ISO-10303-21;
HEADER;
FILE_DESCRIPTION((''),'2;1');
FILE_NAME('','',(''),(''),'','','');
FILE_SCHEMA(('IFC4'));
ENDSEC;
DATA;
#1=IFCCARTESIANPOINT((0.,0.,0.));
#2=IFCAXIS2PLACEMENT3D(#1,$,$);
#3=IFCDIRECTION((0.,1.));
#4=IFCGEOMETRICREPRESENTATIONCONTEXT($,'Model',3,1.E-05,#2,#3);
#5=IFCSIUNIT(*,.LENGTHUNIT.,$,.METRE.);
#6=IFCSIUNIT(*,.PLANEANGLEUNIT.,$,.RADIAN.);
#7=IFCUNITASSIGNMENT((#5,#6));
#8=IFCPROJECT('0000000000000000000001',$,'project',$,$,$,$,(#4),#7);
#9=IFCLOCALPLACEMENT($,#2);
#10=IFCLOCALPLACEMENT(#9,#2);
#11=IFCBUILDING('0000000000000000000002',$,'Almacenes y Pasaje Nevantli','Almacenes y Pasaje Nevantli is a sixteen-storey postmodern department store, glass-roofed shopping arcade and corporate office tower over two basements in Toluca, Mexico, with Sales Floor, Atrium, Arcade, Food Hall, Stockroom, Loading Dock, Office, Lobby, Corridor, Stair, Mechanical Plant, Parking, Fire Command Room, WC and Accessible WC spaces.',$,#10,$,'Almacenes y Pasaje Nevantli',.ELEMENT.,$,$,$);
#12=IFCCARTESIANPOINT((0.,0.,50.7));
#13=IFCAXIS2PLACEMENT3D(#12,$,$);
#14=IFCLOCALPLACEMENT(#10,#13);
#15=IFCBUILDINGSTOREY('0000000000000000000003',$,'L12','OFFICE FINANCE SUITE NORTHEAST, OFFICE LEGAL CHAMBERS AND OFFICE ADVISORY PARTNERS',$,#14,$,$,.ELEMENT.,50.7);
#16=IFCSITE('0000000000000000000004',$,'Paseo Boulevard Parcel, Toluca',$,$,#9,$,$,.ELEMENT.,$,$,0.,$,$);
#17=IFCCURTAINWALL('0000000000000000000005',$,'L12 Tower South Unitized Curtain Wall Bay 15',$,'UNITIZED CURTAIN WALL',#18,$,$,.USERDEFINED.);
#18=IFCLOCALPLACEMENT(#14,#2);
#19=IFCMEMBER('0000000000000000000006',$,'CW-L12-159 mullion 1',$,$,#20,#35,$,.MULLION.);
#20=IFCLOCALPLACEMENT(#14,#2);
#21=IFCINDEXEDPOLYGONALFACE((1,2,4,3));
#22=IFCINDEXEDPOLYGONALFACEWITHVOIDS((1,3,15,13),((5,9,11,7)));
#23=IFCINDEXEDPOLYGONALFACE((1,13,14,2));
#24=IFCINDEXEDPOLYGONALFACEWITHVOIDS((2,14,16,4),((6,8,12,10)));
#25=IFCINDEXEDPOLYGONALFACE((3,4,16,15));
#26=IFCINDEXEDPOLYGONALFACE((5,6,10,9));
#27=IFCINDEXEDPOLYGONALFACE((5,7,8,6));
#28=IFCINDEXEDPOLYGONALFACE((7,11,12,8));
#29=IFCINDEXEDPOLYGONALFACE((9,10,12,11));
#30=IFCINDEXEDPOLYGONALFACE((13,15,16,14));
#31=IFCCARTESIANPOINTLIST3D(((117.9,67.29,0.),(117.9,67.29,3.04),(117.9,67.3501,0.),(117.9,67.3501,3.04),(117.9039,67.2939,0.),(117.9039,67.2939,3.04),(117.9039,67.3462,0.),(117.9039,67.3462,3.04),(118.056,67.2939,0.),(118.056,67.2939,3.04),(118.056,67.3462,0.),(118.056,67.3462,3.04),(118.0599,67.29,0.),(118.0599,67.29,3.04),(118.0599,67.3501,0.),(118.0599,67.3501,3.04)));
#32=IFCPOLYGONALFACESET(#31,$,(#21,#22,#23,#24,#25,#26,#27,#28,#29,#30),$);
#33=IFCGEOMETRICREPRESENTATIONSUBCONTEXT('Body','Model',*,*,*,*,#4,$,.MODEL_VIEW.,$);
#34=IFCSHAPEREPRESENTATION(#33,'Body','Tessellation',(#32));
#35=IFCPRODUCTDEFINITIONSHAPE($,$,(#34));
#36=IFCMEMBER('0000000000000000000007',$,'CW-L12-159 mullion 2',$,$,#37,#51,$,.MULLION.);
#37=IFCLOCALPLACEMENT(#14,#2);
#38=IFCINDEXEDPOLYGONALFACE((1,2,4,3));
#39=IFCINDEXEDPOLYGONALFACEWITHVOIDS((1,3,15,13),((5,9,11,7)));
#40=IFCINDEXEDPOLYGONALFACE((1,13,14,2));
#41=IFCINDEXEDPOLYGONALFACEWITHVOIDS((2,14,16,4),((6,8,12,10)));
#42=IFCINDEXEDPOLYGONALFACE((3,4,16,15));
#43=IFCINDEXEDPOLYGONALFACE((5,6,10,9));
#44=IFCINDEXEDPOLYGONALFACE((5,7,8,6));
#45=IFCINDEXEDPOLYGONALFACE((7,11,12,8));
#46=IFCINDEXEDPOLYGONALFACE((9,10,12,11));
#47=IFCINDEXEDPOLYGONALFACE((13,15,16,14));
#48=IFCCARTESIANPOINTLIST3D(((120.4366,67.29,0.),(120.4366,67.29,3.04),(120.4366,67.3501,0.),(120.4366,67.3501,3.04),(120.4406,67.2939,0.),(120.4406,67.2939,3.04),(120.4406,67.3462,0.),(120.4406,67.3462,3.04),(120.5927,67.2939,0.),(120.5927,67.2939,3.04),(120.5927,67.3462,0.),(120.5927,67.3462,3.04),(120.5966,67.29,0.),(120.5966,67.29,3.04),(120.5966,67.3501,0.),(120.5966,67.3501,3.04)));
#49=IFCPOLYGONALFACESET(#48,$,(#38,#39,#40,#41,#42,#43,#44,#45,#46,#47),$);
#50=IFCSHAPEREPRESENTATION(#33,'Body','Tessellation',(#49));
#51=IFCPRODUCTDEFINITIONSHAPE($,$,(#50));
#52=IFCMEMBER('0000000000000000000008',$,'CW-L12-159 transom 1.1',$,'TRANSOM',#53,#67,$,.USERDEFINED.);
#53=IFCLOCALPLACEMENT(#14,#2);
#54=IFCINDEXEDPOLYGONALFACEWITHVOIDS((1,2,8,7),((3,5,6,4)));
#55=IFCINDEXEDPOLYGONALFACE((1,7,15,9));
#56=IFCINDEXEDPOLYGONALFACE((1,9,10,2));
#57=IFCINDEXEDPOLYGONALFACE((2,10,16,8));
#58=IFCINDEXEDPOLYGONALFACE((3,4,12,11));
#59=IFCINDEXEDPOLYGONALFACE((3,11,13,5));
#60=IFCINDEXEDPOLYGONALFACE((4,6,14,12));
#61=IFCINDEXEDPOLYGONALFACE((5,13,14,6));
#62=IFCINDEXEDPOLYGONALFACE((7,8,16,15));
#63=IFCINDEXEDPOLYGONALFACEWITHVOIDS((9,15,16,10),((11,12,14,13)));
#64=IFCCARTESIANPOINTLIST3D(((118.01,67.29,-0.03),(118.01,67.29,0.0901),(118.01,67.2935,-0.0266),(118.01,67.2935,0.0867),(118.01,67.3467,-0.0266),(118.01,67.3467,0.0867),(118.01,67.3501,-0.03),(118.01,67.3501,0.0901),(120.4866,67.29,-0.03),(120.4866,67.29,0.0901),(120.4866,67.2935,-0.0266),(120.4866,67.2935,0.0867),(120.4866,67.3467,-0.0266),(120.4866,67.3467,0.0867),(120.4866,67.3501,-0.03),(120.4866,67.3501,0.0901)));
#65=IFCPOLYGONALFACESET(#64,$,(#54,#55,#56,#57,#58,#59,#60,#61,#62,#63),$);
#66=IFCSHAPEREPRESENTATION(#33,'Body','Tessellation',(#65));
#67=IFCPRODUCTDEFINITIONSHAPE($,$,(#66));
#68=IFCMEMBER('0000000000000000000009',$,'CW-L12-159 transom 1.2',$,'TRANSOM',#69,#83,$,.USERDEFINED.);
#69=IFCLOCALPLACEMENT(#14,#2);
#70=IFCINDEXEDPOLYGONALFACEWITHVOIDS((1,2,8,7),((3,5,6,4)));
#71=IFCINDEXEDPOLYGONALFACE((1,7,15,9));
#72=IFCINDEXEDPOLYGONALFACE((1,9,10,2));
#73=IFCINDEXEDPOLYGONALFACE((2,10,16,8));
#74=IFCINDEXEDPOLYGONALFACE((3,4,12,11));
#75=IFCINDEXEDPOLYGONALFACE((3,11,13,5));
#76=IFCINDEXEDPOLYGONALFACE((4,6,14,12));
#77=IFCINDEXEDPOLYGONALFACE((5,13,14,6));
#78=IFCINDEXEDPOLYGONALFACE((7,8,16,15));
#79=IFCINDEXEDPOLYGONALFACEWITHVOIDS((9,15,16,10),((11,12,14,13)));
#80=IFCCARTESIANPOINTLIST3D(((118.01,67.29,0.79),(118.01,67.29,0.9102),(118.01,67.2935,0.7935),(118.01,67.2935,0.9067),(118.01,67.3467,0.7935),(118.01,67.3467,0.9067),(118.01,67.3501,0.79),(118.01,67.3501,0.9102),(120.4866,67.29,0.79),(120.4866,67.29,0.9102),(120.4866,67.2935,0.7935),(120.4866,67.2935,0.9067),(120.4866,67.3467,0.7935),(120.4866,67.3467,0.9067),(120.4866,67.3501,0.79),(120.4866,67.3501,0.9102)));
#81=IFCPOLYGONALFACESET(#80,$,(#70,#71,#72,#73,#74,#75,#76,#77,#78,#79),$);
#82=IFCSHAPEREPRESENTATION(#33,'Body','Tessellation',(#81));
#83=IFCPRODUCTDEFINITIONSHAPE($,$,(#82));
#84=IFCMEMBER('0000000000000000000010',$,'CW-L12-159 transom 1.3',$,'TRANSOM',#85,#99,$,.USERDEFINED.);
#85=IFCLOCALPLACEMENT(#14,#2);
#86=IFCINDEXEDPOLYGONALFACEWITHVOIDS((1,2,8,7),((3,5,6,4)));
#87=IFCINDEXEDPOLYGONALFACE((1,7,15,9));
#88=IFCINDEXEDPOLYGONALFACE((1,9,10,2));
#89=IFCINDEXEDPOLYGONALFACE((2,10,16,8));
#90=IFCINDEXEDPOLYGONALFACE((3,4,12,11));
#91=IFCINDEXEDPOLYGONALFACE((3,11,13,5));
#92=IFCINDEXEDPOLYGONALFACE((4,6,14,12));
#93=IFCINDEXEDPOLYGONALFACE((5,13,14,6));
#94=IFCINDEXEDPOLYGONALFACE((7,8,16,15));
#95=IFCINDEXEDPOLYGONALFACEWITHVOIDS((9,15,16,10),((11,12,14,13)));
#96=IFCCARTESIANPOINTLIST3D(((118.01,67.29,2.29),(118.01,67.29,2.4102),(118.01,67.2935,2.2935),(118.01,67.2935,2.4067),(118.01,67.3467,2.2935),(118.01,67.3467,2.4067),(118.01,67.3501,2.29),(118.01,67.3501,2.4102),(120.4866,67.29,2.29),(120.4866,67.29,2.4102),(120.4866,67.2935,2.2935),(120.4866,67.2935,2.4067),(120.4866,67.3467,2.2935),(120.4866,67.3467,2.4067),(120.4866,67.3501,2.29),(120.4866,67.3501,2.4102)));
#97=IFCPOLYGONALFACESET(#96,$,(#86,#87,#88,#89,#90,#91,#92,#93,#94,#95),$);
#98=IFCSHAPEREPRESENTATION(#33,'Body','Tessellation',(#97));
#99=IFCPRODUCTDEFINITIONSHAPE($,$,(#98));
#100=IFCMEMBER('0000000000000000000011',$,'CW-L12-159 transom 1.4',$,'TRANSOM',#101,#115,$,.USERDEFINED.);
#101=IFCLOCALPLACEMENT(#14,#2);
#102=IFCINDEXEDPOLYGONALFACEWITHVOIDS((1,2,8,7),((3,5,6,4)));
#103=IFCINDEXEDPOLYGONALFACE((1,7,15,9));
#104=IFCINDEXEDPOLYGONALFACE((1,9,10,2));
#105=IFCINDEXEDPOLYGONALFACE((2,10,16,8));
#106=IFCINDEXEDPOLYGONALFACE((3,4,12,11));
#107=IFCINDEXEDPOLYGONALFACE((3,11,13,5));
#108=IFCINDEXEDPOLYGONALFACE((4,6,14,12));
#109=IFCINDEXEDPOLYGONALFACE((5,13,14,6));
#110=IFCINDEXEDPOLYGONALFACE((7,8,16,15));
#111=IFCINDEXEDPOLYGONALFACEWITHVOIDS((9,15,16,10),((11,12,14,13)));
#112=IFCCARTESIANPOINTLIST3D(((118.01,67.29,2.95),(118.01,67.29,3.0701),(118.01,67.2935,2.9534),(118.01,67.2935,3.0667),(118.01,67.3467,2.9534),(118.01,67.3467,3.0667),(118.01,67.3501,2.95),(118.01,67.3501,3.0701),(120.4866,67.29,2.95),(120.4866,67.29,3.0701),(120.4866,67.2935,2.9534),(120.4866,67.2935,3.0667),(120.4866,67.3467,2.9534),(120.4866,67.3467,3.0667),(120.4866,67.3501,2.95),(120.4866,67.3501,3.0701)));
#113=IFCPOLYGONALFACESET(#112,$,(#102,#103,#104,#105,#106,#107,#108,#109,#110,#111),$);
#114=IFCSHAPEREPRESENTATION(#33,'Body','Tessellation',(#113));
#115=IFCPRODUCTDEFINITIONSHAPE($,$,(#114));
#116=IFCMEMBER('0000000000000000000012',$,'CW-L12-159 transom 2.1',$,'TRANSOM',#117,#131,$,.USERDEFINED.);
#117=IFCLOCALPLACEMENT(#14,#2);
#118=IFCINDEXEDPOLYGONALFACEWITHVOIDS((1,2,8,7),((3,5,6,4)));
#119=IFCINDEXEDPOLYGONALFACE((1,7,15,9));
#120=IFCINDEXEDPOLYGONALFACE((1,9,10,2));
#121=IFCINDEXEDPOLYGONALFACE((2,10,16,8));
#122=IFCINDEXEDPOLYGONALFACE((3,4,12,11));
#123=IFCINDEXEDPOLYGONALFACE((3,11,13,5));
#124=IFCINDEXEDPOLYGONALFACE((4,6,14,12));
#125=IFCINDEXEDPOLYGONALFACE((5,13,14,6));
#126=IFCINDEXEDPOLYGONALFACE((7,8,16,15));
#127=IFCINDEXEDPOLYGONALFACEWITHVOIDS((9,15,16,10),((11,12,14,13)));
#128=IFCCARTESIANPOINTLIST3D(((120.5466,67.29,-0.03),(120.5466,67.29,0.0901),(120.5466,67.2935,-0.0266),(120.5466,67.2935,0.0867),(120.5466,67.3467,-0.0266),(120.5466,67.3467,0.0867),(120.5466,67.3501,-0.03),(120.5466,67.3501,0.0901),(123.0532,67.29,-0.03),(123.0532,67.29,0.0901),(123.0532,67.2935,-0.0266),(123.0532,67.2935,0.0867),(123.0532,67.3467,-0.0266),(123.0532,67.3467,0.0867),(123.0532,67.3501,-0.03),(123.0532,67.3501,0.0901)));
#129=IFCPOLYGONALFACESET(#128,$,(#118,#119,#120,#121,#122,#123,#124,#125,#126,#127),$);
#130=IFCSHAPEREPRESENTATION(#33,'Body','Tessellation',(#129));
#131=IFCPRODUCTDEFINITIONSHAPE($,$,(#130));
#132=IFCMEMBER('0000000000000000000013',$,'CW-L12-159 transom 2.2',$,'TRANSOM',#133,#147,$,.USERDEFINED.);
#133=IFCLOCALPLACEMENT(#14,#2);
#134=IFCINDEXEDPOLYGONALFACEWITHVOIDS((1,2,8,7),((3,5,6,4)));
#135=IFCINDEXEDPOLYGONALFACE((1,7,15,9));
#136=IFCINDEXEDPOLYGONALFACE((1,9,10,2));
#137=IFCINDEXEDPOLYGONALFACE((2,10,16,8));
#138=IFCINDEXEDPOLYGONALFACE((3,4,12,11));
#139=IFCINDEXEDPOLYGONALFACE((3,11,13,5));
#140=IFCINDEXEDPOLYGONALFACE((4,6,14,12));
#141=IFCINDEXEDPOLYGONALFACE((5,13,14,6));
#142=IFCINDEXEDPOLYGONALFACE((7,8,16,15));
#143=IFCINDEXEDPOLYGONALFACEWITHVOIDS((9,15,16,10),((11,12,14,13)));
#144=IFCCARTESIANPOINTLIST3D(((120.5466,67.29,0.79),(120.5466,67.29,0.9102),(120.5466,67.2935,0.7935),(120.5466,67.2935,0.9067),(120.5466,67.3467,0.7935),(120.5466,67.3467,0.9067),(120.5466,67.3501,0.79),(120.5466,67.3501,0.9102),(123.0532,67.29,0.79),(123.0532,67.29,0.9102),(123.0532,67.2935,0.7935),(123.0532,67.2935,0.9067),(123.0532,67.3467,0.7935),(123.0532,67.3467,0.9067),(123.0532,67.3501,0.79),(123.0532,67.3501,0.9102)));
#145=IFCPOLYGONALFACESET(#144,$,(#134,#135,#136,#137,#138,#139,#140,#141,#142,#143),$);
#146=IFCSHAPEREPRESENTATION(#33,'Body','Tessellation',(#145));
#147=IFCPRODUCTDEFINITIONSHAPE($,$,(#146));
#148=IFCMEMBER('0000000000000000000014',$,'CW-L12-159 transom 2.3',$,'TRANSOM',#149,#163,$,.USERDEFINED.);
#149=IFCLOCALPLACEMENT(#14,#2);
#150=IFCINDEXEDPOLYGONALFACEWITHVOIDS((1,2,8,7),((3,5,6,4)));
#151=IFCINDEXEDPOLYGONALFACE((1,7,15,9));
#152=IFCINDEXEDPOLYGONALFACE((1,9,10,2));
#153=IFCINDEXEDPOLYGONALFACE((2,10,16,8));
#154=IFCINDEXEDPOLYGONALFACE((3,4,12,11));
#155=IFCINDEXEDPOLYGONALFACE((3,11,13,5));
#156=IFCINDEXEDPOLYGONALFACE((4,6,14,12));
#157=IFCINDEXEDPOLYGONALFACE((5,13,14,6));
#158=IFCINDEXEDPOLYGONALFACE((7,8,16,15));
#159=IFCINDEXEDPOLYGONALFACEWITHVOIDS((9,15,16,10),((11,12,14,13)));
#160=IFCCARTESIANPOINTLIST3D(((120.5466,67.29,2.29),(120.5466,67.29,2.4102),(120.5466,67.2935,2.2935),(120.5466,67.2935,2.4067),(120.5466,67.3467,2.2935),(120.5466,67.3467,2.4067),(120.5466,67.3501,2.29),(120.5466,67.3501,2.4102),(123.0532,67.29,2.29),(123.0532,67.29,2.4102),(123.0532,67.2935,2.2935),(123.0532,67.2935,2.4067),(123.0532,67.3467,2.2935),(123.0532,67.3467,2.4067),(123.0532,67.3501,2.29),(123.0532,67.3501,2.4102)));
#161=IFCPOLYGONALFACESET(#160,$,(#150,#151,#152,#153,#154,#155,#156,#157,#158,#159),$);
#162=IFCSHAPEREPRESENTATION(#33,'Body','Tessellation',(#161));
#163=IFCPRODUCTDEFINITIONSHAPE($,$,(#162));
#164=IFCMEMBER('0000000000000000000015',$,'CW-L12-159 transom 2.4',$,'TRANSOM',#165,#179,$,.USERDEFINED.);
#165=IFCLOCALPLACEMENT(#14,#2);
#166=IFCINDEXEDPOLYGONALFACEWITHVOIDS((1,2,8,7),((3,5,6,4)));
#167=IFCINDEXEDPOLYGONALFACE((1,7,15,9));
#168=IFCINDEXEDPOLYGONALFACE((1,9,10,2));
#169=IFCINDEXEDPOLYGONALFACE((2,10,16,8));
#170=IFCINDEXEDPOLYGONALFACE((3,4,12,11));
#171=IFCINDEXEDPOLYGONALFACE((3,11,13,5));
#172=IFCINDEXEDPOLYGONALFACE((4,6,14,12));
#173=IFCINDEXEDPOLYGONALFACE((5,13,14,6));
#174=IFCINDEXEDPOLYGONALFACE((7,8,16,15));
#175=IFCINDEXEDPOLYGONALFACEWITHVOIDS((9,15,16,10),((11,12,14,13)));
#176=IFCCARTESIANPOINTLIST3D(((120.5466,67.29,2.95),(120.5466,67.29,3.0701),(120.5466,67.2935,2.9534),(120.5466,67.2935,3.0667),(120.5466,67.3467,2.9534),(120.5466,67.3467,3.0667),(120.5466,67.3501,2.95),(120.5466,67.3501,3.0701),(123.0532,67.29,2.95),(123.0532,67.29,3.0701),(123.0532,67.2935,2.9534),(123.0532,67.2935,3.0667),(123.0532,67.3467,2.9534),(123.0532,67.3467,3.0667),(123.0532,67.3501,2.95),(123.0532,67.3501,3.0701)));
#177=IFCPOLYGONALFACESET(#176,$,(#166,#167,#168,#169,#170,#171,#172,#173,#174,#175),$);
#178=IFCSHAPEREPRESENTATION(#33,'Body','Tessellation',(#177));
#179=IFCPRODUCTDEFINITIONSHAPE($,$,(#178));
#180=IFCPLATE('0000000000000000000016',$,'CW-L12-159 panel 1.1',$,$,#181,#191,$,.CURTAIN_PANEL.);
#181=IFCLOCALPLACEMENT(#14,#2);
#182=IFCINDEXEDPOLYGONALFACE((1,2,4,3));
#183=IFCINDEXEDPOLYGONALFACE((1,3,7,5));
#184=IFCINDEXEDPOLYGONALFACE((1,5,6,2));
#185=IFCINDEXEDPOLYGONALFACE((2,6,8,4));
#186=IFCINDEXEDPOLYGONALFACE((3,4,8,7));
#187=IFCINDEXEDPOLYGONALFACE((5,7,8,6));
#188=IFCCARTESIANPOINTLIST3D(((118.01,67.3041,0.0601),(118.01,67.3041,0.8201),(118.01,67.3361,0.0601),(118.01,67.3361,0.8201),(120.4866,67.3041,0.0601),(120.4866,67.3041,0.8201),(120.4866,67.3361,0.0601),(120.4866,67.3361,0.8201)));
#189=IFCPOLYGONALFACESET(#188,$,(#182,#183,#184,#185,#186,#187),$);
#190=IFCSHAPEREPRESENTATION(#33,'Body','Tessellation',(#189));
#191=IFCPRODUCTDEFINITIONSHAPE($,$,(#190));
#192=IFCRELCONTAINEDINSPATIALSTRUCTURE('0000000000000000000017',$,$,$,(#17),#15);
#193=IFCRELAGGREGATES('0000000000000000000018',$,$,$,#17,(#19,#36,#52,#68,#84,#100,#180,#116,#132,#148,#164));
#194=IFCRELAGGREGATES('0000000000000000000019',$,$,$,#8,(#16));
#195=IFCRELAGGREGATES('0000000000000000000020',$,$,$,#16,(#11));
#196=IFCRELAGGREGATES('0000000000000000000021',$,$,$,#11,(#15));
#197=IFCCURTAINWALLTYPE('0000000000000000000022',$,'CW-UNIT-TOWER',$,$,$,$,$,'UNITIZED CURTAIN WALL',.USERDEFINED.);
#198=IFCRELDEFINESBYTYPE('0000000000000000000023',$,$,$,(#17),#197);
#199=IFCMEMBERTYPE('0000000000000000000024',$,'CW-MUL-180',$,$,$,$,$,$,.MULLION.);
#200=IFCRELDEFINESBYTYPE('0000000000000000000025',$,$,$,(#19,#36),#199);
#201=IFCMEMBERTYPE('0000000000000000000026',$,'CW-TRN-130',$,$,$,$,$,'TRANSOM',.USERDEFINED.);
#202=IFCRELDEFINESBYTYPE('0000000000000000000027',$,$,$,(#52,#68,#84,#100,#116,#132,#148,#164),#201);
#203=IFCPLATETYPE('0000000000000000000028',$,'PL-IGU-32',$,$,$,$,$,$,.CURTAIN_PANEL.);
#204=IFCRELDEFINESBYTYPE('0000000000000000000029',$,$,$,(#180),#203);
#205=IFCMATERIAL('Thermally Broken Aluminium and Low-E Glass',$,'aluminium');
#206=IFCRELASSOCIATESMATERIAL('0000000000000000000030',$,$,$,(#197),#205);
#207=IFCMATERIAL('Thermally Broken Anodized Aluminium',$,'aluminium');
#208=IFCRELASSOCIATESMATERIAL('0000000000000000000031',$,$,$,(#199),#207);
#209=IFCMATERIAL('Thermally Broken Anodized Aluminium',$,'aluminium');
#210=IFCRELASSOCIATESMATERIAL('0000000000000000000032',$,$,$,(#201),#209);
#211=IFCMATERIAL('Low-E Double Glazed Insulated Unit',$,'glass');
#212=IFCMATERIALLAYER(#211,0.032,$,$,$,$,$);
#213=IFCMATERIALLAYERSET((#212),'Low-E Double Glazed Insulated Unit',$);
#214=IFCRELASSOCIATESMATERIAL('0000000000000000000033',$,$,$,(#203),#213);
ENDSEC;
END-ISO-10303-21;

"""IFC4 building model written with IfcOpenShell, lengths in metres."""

from ifc_helpers import new_model, si_unit, direction, frame, origin, origin_2d, place, context, subcontext, project, spatial, rectangle, hollow_rectangle, extrude, material, layer, layer_set, material_profile, profile_set, type_object, element, aggregate, save


model = new_model("IFC4")

# Units and contexts
model_context = context("Model", 3, precision=1e-05, world=origin(), true_north=direction((0.0, 1.0)))
body_context = subcontext(model_context, "Body", "Model", "MODEL_VIEW")
ifc_project = project(units=[si_unit("LENGTHUNIT", "METRE"), si_unit("PLANEANGLEUNIT", "RADIAN")], contexts=[model_context])

# Site, building, storey
site_placement = place(None, origin())
site = spatial("IfcSite", under=ifc_project, at=site_placement, Name="Paseo Boulevard Parcel, Toluca", CompositionType="ELEMENT", RefElevation=0.0)
building_placement = place(site_placement, origin())
building = spatial("IfcBuilding", under=site, at=building_placement, Name="Almacenes y Pasaje Nevantli", Description="Almacenes y Pasaje Nevantli is a sixteen-storey postmodern department store, glass-roofed shopping arcade and corporate office tower over two basements in Toluca, Mexico, with Sales Floor, Atrium, Arcade, Food Hall, Stockroom, Loading Dock, Office, Lobby, Corridor, Stair, Mechanical Plant, Parking, Fire Command Room, WC and Accessible WC spaces.", LongName="Almacenes y Pasaje Nevantli", CompositionType="ELEMENT")
storey_placement = place(building_placement, frame((0.0, 0.0, 50.7)))
storey = spatial("IfcBuildingStorey", under=building, at=storey_placement, Name="L12", Description="OFFICE FINANCE SUITE NORTHEAST, OFFICE LEGAL CHAMBERS AND OFFICE ADVISORY PARTNERS", CompositionType="ELEMENT", Elevation=50.7)

# Curtain wall, members, plate
ifc_material_1 = material(Name="Thermally Broken Aluminium and Low-E Glass", Category="aluminium")
curtain_wall_type = type_object("IfcCurtainWallType", Name="CW-UNIT-TOWER", ElementType="UNITIZED CURTAIN WALL", PredefinedType="USERDEFINED", material=ifc_material_1)
curtain_wall_placement = place(storey_placement, origin())
curtain_wall = element("IfcCurtainWall", 1, at=curtain_wall_placement, inside=storey, type_object=curtain_wall_type, Name="L12 Tower South Unitized Curtain Wall Bay 15", ObjectType="UNITIZED CURTAIN WALL", PredefinedType="USERDEFINED")
ifc_material_2 = material(Name="Thermally Broken Anodized Aluminium", Category="aluminium")
ifc_material_profile_1 = material_profile(ifc_material_2, hollow_rectangle(XDim=0.0601, YDim=0.1599, WallThickness=0.0039, at=origin_2d()), Name="ALU-MUL-60x160")
ifc_profile_set_1 = profile_set([ifc_material_profile_1], Name="Thermally Broken Anodized Aluminium")
member_type_1 = type_object("IfcMemberType", Name="CW-MUL-180", PredefinedType="MULLION", material=ifc_profile_set_1)
member_1_placement = place(storey_placement, frame((117.98, 67.3201, 0.0), z_axis=(0.0, 0.0, 1.0), x_axis=(0.0, 1.0, 0.0)))
member_1 = element("IfcMember", 2, at=member_1_placement, type_object=member_type_1, Name="CW-L12-159 mullion 1", PredefinedType="MULLION", context=body_context, shape_type="SweptSolid", body=[
    extrude(hollow_rectangle(XDim=0.0601, YDim=0.1599, WallThickness=0.0039, at=origin_2d()), origin(), (0.0, 0.0, 1.0), 3.04),
])
member_2_placement = place(storey_placement, frame((120.5166, 67.3201, 0.0), z_axis=(0.0, 0.0, 1.0), x_axis=(0.0, 1.0, 0.0)))
member_2 = element("IfcMember", 3, at=member_2_placement, type_object=member_type_1, Name="CW-L12-159 mullion 2", PredefinedType="MULLION", context=body_context, shape_type="SweptSolid", body=[
    extrude(hollow_rectangle(XDim=0.0601, YDim=0.1599, WallThickness=0.0039, at=origin_2d()), origin(), (0.0, 0.0, 1.0), 3.04),
])
ifc_material_3 = material(Name="Thermally Broken Anodized Aluminium", Category="aluminium")
ifc_material_profile_2 = material_profile(ifc_material_3, hollow_rectangle(XDim=0.0601, YDim=0.1201, WallThickness=0.0034, at=origin_2d()), Name="ALU-TRN-60x120")
ifc_profile_set_2 = profile_set([ifc_material_profile_2], Name="Thermally Broken Anodized Aluminium")
member_type_2 = type_object("IfcMemberType", Name="CW-TRN-130", ElementType="TRANSOM", PredefinedType="USERDEFINED", material=ifc_profile_set_2)
member_3_placement = place(storey_placement, frame((118.01, 67.3201, 0.03), z_axis=(1.0, 0.0, 0.0), x_axis=(0.0, 1.0, 0.0)))
member_3 = element("IfcMember", 4, at=member_3_placement, type_object=member_type_2, Name="CW-L12-159 transom 1.1", ObjectType="TRANSOM", PredefinedType="USERDEFINED", context=body_context, shape_type="SweptSolid", body=[
    extrude(hollow_rectangle(XDim=0.0601, YDim=0.1201, WallThickness=0.0034, at=origin_2d()), origin(), (0.0, 0.0, 1.0), 2.4766),
])
member_4_placement = place(storey_placement, frame((118.01, 67.3201, 0.8501), z_axis=(1.0, 0.0, 0.0), x_axis=(0.0, 1.0, 0.0)))
member_4 = element("IfcMember", 5, at=member_4_placement, type_object=member_type_2, Name="CW-L12-159 transom 1.2", ObjectType="TRANSOM", PredefinedType="USERDEFINED", context=body_context, shape_type="SweptSolid", body=[
    extrude(hollow_rectangle(XDim=0.0601, YDim=0.1201, WallThickness=0.0034, at=origin_2d()), origin(), (0.0, 0.0, 1.0), 2.4766),
])
member_5_placement = place(storey_placement, frame((118.01, 67.3201, 2.3501), z_axis=(1.0, 0.0, 0.0), x_axis=(0.0, 1.0, 0.0)))
member_5 = element("IfcMember", 6, at=member_5_placement, type_object=member_type_2, Name="CW-L12-159 transom 1.3", ObjectType="TRANSOM", PredefinedType="USERDEFINED", context=body_context, shape_type="SweptSolid", body=[
    extrude(hollow_rectangle(XDim=0.0601, YDim=0.1201, WallThickness=0.0034, at=origin_2d()), origin(), (0.0, 0.0, 1.0), 2.4766),
])
member_6_placement = place(storey_placement, frame((118.01, 67.3201, 3.01), z_axis=(1.0, 0.0, 0.0), x_axis=(0.0, 1.0, 0.0)))
member_6 = element("IfcMember", 7, at=member_6_placement, type_object=member_type_2, Name="CW-L12-159 transom 1.4", ObjectType="TRANSOM", PredefinedType="USERDEFINED", context=body_context, shape_type="SweptSolid", body=[
    extrude(hollow_rectangle(XDim=0.0601, YDim=0.1201, WallThickness=0.0034, at=origin_2d()), origin(), (0.0, 0.0, 1.0), 2.4766),
])
member_7_placement = place(storey_placement, frame((120.5466, 67.3201, 0.03), z_axis=(1.0, 0.0, 0.0), x_axis=(0.0, 1.0, 0.0)))
member_7 = element("IfcMember", 8, at=member_7_placement, type_object=member_type_2, Name="CW-L12-159 transom 2.1", ObjectType="TRANSOM", PredefinedType="USERDEFINED", context=body_context, shape_type="SweptSolid", body=[
    extrude(hollow_rectangle(XDim=0.0601, YDim=0.1201, WallThickness=0.0034, at=origin_2d()), origin(), (0.0, 0.0, 1.0), 2.5066),
])
member_8_placement = place(storey_placement, frame((120.5466, 67.3201, 0.8501), z_axis=(1.0, 0.0, 0.0), x_axis=(0.0, 1.0, 0.0)))
member_8 = element("IfcMember", 9, at=member_8_placement, type_object=member_type_2, Name="CW-L12-159 transom 2.2", ObjectType="TRANSOM", PredefinedType="USERDEFINED", context=body_context, shape_type="SweptSolid", body=[
    extrude(hollow_rectangle(XDim=0.0601, YDim=0.1201, WallThickness=0.0034, at=origin_2d()), origin(), (0.0, 0.0, 1.0), 2.5066),
])
member_9_placement = place(storey_placement, frame((120.5466, 67.3201, 2.3501), z_axis=(1.0, 0.0, 0.0), x_axis=(0.0, 1.0, 0.0)))
member_9 = element("IfcMember", 10, at=member_9_placement, type_object=member_type_2, Name="CW-L12-159 transom 2.3", ObjectType="TRANSOM", PredefinedType="USERDEFINED", context=body_context, shape_type="SweptSolid", body=[
    extrude(hollow_rectangle(XDim=0.0601, YDim=0.1201, WallThickness=0.0034, at=origin_2d()), origin(), (0.0, 0.0, 1.0), 2.5066),
])
member_10_placement = place(storey_placement, frame((120.5466, 67.3201, 3.01), z_axis=(1.0, 0.0, 0.0), x_axis=(0.0, 1.0, 0.0)))
member_10 = element("IfcMember", 11, at=member_10_placement, type_object=member_type_2, Name="CW-L12-159 transom 2.4", ObjectType="TRANSOM", PredefinedType="USERDEFINED", context=body_context, shape_type="SweptSolid", body=[
    extrude(hollow_rectangle(XDim=0.0601, YDim=0.1201, WallThickness=0.0034, at=origin_2d()), origin(), (0.0, 0.0, 1.0), 2.5066),
])
ifc_material_4 = material(Name="Low-E Double Glazed Insulated Unit", Category="glass")
ifc_layer_1 = layer(ifc_material_4, 0.032)
ifc_layer_set_1 = layer_set([ifc_layer_1], Name="Low-E Double Glazed Insulated Unit")
plate_type = type_object("IfcPlateType", Name="PL-IGU-32", PredefinedType="CURTAIN_PANEL", material=ifc_layer_set_1)
plate_1_placement = place(storey_placement, frame((119.2483, 67.3201, 0.0601), z_axis=(0.0, 0.0, 1.0), x_axis=(1.0, 0.0, 0.0)))
plate_1 = element("IfcPlate", 12, at=plate_1_placement, type_object=plate_type, Name="CW-L12-159 panel 1.1", PredefinedType="CURTAIN_PANEL", context=body_context, shape_type="SweptSolid", body=[
    extrude(rectangle(XDim=2.4766, YDim=0.032, at=origin_2d()), origin(), (0.0, 0.0, 1.0), 0.76),
])
aggregate(curtain_wall, [member_1, member_2, member_3, member_4, member_5, member_6, plate_1, member_7, member_8, member_9, member_10])

save(model, "model.ifc")
